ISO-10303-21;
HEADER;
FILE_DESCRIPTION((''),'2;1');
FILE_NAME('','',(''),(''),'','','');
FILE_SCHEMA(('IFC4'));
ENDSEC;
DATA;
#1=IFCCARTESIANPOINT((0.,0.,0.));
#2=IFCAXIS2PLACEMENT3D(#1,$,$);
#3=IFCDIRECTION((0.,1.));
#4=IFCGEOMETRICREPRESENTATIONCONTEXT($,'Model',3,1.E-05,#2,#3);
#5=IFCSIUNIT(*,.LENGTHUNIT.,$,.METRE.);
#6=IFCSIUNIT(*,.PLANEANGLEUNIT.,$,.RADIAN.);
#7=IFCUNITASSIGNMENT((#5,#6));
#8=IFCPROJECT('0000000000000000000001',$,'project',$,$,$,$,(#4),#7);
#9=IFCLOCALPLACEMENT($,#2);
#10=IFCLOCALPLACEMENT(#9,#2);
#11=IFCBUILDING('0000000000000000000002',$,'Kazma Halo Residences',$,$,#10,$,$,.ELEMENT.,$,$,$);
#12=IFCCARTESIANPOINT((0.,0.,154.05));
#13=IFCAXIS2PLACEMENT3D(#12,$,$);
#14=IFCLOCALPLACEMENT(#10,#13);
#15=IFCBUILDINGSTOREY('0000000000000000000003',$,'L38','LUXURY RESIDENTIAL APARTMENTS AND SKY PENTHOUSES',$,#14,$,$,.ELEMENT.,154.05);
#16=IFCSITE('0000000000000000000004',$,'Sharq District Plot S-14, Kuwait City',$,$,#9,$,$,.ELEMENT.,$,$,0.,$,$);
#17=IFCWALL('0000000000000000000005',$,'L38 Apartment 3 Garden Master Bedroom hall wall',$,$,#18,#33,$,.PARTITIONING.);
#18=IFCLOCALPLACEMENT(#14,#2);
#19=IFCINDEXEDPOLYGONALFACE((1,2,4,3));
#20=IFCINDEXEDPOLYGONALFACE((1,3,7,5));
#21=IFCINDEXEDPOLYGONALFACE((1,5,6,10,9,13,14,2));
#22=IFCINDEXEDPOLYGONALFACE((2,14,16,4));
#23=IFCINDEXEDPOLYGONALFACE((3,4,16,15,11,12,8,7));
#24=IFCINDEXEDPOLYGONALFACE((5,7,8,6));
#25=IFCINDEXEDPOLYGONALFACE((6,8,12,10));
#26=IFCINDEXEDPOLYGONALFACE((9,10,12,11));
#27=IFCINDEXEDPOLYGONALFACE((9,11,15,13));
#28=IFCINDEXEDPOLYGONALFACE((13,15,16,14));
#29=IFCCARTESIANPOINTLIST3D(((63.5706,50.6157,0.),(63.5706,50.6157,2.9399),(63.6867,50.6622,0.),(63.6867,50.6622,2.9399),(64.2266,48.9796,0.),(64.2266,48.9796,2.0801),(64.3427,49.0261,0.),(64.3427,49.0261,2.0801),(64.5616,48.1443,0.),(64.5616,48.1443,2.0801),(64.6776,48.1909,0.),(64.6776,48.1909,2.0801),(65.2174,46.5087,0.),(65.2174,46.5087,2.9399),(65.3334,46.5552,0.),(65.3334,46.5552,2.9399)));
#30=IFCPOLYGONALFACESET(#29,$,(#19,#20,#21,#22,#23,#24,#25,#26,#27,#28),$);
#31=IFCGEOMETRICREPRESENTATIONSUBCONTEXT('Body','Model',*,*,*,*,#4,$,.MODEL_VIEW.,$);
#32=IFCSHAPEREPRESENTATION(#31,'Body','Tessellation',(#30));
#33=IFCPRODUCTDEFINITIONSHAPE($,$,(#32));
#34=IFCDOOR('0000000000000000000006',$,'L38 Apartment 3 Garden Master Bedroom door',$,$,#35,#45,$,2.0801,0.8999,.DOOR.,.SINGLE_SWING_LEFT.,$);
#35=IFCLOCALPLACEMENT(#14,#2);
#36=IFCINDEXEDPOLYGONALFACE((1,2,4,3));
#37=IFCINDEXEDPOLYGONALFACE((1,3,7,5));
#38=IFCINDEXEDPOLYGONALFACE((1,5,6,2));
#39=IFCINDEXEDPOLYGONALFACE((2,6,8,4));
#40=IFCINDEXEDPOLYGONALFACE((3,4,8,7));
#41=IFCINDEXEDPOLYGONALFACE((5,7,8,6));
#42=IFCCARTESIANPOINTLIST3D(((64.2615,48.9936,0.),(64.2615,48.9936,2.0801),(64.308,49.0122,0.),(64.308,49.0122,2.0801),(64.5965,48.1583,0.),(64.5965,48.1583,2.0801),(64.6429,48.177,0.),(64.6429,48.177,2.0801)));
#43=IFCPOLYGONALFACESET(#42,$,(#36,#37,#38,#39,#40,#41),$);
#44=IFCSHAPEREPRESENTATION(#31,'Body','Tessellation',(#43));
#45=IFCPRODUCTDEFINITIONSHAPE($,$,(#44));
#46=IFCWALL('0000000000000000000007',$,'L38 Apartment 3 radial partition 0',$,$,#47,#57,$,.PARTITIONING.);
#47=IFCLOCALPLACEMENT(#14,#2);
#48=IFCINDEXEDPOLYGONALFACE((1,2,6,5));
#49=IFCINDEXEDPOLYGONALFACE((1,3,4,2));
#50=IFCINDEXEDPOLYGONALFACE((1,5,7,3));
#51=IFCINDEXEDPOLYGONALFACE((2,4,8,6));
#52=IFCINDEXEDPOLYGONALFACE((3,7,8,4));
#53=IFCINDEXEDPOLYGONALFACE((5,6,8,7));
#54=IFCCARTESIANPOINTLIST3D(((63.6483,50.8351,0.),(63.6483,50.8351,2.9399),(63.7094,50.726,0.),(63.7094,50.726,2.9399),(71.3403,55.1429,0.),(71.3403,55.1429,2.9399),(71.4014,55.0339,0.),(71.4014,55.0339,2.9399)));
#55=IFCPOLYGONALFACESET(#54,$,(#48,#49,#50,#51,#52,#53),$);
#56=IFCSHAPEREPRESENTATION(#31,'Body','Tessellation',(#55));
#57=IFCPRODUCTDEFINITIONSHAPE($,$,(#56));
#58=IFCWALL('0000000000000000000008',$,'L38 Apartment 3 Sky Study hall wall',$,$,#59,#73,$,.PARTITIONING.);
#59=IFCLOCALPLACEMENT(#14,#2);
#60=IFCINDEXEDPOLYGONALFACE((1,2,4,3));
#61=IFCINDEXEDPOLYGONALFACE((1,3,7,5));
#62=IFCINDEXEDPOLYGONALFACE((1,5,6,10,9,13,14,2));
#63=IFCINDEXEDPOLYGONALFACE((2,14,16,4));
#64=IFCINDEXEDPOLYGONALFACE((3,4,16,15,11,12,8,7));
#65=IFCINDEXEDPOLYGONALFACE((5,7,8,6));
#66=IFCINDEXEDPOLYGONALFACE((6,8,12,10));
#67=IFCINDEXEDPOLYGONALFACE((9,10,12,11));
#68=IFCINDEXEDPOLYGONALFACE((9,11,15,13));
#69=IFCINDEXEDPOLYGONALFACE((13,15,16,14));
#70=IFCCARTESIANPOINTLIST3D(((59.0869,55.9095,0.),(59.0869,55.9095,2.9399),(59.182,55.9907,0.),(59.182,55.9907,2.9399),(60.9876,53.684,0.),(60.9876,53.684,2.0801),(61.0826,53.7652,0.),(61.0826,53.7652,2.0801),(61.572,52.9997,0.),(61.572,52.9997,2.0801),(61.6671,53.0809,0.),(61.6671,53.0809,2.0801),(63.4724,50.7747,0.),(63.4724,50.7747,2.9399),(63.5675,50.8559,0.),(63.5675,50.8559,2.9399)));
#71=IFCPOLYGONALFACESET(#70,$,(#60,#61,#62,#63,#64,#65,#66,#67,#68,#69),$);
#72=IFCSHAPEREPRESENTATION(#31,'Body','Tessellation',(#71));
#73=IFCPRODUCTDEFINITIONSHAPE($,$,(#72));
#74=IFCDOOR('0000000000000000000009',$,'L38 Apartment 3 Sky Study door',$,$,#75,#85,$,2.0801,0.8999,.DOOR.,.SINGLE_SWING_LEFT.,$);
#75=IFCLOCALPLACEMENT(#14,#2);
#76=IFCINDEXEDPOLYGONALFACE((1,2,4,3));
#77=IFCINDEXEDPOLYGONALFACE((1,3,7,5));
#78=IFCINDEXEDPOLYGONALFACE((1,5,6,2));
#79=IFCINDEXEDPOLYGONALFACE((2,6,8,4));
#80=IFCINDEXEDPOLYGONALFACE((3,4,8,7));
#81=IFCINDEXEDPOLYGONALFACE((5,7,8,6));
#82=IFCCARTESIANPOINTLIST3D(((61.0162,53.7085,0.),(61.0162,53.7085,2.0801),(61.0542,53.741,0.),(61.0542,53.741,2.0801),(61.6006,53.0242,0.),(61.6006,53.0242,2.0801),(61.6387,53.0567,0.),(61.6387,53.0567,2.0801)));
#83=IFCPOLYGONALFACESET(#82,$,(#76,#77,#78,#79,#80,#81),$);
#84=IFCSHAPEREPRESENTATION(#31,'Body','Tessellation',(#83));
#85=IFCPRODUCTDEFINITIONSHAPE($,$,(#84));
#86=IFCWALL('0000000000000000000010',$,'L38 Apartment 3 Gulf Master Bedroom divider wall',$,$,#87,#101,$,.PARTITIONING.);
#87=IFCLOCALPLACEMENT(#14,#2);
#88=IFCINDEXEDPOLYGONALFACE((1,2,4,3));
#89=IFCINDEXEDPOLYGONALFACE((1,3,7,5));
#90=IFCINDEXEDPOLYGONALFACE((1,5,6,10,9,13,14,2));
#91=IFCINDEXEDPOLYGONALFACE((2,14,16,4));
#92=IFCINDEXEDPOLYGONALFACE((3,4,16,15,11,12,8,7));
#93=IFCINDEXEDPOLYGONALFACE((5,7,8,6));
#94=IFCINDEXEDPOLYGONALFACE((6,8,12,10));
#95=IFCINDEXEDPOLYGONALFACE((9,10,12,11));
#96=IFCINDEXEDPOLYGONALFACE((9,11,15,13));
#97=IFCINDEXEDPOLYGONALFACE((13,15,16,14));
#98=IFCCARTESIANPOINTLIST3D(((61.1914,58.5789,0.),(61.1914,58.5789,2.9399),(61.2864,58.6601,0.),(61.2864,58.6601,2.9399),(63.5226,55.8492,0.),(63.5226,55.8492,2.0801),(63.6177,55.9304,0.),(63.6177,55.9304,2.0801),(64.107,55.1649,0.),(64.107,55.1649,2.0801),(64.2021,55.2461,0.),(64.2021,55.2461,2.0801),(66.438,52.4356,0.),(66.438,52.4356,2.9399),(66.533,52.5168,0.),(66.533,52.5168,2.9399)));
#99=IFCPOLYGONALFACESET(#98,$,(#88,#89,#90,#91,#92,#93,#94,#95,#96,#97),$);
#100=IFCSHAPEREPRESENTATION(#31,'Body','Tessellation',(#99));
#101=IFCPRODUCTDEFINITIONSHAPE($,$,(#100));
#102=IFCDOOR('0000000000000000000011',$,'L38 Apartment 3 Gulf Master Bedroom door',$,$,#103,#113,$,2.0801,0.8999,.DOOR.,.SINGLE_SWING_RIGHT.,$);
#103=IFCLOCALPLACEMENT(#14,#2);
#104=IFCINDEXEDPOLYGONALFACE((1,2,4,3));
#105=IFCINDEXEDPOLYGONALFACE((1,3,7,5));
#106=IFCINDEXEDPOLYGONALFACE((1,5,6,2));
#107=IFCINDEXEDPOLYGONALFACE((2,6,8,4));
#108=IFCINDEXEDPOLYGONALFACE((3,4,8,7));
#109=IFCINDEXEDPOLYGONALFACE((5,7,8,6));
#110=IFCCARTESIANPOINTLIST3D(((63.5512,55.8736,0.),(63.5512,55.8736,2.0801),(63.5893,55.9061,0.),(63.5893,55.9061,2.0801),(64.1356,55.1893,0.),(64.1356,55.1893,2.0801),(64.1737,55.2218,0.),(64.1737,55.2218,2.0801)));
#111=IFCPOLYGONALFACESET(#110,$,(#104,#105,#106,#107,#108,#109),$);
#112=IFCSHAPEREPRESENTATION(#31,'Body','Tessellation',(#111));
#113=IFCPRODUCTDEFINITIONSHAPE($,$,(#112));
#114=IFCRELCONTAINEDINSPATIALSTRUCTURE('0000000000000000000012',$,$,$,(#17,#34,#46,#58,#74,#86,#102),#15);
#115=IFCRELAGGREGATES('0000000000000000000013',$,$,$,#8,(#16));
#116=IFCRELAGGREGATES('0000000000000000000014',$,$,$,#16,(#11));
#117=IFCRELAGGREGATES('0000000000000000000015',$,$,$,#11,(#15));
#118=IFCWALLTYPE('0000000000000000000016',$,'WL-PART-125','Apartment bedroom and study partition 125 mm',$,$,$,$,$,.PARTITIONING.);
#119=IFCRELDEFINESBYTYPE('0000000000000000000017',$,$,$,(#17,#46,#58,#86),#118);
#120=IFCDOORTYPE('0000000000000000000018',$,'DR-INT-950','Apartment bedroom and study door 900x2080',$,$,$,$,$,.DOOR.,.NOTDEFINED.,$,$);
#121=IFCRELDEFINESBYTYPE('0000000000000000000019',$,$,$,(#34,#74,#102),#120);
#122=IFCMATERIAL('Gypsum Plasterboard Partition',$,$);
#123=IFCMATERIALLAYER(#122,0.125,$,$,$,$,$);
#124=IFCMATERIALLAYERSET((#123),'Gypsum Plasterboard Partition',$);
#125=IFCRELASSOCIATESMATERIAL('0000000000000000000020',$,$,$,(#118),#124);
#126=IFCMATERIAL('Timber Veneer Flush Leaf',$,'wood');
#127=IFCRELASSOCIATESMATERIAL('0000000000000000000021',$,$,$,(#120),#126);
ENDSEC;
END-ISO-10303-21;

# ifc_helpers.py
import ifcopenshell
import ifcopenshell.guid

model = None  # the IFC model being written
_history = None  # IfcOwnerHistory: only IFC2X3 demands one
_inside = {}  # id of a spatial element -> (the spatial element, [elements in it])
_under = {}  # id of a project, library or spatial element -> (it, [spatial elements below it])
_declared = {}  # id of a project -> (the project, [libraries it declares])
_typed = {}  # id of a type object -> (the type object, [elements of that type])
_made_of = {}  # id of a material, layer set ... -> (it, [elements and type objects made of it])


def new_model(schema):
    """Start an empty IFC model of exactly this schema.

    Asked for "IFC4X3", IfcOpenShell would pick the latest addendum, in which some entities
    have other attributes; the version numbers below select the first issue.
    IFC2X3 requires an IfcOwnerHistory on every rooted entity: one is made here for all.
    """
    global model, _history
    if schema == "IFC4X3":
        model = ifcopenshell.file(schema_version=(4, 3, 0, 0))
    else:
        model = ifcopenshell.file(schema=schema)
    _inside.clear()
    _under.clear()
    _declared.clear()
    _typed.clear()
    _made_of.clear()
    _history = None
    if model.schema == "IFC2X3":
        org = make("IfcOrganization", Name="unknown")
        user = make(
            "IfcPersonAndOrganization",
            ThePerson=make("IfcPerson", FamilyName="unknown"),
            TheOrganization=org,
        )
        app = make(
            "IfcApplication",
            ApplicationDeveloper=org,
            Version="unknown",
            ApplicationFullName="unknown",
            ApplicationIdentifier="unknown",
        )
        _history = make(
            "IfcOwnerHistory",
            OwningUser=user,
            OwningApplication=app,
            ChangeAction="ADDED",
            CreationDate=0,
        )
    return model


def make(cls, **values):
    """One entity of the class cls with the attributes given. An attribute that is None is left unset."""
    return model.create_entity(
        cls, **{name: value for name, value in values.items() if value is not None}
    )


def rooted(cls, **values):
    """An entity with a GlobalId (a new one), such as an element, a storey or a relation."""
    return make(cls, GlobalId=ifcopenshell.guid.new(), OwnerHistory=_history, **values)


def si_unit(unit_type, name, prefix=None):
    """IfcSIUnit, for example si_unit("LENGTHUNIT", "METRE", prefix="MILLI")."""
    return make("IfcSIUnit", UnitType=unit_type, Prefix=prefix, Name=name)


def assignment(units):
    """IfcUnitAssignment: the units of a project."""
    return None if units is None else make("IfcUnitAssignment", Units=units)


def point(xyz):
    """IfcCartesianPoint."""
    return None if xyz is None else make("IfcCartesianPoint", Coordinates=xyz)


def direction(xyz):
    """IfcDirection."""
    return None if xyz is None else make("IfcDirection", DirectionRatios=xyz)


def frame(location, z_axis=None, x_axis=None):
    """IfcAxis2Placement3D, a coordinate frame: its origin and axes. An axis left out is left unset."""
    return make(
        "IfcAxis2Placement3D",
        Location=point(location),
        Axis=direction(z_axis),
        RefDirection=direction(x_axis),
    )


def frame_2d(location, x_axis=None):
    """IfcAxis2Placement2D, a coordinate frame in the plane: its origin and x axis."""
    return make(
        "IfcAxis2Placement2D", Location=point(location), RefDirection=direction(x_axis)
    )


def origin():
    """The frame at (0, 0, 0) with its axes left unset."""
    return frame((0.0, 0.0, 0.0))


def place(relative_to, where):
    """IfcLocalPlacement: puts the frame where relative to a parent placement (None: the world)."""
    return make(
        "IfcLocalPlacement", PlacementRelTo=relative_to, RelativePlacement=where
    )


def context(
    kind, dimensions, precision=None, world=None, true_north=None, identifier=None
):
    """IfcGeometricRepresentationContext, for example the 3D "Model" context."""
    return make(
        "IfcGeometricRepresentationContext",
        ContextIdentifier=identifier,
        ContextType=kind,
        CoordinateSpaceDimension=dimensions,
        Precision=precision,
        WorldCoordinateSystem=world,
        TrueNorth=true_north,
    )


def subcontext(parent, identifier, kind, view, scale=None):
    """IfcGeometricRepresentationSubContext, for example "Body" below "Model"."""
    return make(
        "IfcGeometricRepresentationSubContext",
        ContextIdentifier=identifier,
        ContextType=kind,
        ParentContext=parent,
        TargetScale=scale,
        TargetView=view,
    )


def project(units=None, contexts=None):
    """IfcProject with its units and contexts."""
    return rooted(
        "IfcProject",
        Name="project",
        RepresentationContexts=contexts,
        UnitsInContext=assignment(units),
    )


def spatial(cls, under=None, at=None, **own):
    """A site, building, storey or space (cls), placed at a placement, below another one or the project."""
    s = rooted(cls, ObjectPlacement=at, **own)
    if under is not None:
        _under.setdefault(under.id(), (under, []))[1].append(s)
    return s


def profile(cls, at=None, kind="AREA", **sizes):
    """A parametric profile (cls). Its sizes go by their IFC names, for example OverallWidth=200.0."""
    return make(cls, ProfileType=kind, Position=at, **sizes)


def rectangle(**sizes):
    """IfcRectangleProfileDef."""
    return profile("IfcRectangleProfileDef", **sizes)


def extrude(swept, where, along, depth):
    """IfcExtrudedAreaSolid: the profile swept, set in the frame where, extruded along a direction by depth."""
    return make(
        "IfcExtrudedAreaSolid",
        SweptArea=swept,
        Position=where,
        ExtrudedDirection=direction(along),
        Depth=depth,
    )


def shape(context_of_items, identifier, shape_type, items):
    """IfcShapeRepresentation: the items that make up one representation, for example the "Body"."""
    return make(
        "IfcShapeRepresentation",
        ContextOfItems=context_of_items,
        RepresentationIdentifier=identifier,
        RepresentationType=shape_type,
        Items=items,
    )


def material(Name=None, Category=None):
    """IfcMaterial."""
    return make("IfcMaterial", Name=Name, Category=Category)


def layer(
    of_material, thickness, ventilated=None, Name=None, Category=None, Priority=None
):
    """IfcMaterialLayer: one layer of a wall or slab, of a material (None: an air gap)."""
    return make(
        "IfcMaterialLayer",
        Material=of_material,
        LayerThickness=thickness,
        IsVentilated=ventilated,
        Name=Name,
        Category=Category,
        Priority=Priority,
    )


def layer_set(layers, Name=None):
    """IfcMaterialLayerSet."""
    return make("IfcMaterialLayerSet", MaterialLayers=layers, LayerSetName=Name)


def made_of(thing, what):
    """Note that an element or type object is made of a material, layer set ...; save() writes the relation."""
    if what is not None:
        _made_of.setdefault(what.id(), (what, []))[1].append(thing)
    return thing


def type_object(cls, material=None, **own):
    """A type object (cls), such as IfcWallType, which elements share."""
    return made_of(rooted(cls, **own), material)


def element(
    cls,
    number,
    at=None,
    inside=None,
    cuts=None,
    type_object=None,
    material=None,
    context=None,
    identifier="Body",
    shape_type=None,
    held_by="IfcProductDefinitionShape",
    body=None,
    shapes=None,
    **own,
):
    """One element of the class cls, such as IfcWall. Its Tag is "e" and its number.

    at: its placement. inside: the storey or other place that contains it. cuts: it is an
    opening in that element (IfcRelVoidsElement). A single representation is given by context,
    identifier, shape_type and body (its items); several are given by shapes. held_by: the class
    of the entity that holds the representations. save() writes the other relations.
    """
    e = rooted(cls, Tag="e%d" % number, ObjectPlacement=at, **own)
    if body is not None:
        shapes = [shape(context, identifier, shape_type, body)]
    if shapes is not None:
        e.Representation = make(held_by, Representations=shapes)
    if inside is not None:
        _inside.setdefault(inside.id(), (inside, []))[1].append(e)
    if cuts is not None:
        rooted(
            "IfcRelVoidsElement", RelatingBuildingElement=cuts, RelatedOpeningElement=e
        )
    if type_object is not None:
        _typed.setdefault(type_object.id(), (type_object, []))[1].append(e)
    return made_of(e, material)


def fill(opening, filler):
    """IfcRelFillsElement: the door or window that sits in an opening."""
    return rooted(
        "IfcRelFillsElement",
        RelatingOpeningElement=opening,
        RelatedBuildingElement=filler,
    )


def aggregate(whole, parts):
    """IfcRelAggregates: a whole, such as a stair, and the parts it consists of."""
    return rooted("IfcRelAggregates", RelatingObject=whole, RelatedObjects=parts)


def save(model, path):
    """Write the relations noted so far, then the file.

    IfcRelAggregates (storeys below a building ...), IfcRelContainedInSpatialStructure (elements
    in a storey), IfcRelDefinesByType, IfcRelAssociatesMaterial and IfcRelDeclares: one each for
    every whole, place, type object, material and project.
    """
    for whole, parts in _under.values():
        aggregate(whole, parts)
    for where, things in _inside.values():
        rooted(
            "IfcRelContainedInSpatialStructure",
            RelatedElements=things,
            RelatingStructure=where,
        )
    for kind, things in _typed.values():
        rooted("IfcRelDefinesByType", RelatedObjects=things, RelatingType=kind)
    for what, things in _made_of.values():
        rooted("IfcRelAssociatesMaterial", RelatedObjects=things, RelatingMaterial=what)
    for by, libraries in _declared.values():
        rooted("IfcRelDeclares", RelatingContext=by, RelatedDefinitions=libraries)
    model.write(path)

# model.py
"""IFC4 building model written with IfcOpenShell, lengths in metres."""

from ifc_helpers import new_model, si_unit, direction, frame, frame_2d, origin, place, context, subcontext, project, spatial, rectangle, extrude, material, layer, layer_set, type_object, element, fill, save


model = new_model("IFC4")

# Units and contexts
model_context = context("Model", 3, precision=1e-05, world=origin(), true_north=direction((0.0, 1.0)))
body_context = subcontext(model_context, "Body", "Model", "MODEL_VIEW")
ifc_project = project(units=[si_unit("LENGTHUNIT", "METRE"), si_unit("PLANEANGLEUNIT", "RADIAN")], contexts=[model_context])

# Site, building, storey
site_placement = place(None, origin())
site = spatial("IfcSite", under=ifc_project, at=site_placement, Name="Sharq District Plot S-14, Kuwait City", CompositionType="ELEMENT", RefElevation=0.0)
building_placement = place(site_placement, origin())
building = spatial("IfcBuilding", under=site, at=building_placement, Name="Kazma Halo Residences", CompositionType="ELEMENT")
storey_placement = place(building_placement, frame((0.0, 0.0, 154.05)))
storey = spatial("IfcBuildingStorey", under=building, at=storey_placement, Name="L38", Description="LUXURY RESIDENTIAL APARTMENTS AND SKY PENTHOUSES", CompositionType="ELEMENT", Elevation=154.05)

# Shared definitions
ifc_material_1 = material(Name="Gypsum Plasterboard Partition")
ifc_layer_1 = layer(ifc_material_1, 0.125)
ifc_layer_set_1 = layer_set([ifc_layer_1], Name="Gypsum Plasterboard Partition")
wall_type_1 = type_object("IfcWallType", Name="WL-PART-125", Description="Apartment bedroom and study partition 125 mm", PredefinedType="PARTITIONING", material=ifc_layer_set_1)

# Wall, opening, door
wall_1_placement = place(storey_placement, frame((65.2754, 46.532, 0.0), z_axis=(0.0, 0.0, 1.0), x_axis=(-0.372161, 0.928168, 0.0)))
wall_1 = element("IfcWall", 1, at=wall_1_placement, inside=storey, type_object=wall_type_1, Name="L38 Apartment 3 Garden Master Bedroom hall wall", PredefinedType="PARTITIONING", context=body_context, shape_type="SweptSolid", body=[
    extrude(rectangle(XDim=4.4248, YDim=0.125, at=frame_2d((2.2124, 0.0))), origin(), (0.0, 0.0, 1.0), 2.9399),
])
opening_1_placement = place(wall_1_placement, frame((1.7622, 0.0, 0.0)))
opening_1 = element("IfcOpeningElement", 2, at=opening_1_placement, cuts=wall_1, PredefinedType="OPENING", context=body_context, shape_type="SweptSolid", body=[
    extrude(rectangle(XDim=0.8999, YDim=2.0801, at=frame_2d((0.45, 1.04))), frame((0.0, 0.0725, 0.0), z_axis=(0.0, -1.0, 0.0), x_axis=(1.0, 0.0, 0.0)), (0.0, 0.0, 1.0), 0.145),
])
ifc_material_2 = material(Name="Timber Veneer Flush Leaf", Category="wood")
door_type_1 = type_object("IfcDoorType", Name="DR-INT-950", Description="Apartment bedroom and study door 900x2080", OperationType="NOTDEFINED", PredefinedType="DOOR", material=ifc_material_2)
door_1_placement = place(opening_1_placement, origin())
door_1 = element("IfcDoor", 3, at=door_1_placement, inside=storey, type_object=door_type_1, Name="L38 Apartment 3 Garden Master Bedroom door", OperationType="SINGLE_SWING_LEFT", OverallHeight=2.0801, OverallWidth=0.8999, PredefinedType="DOOR", context=body_context, shape_type="SweptSolid", body=[
    extrude(rectangle(XDim=0.8999, YDim=2.0801, at=frame_2d((0.45, 1.04))), frame((0.0, 0.0249, 0.0), z_axis=(0.0, -1.0, 0.0), x_axis=(1.0, 0.0, 0.0)), (0.0, 0.0, 1.0), 0.05),
])
fill(opening_1, door_1)

# Wall
wall_2_placement = place(storey_placement, frame((63.6787, 50.7805, 0.0), z_axis=(0.0, 0.0, 1.0), x_axis=(0.872493, 0.488626, 0.0)))
element("IfcWall", 4, at=wall_2_placement, inside=storey, type_object=wall_type_1, Name="L38 Apartment 3 radial partition 0", PredefinedType="PARTITIONING", context=body_context, shape_type="SweptSolid", body=[
    extrude(rectangle(XDim=8.8162, YDim=0.125, at=frame_2d((4.4082, 0.0))), origin(), (0.0, 0.0, 1.0), 2.9399),
])

# Walls, openings, doors
wall_3_placement = place(storey_placement, frame((63.52, 50.8152, 0.0), z_axis=(0.0, 0.0, 1.0), x_axis=(-0.649448, 0.760406, 0.0)))
wall_3 = element("IfcWall", 5, at=wall_3_placement, inside=storey, type_object=wall_type_1, Name="L38 Apartment 3 Sky Study hall wall", PredefinedType="PARTITIONING", context=body_context, shape_type="SweptSolid", body=[
    extrude(rectangle(XDim=6.7527, YDim=0.125, at=frame_2d((3.3765, 0.0))), origin(), (0.0, 0.0, 1.0), 2.9399),
])
opening_2_placement = place(wall_3_placement, frame((2.9263, 0.0, 0.0)))
opening_2 = element("IfcOpeningElement", 6, at=opening_2_placement, cuts=wall_3, PredefinedType="OPENING", context=body_context, shape_type="SweptSolid", body=[
    extrude(rectangle(XDim=0.8999, YDim=2.0801, at=frame_2d((0.45, 1.04))), frame((0.0, 0.0725, 0.0), z_axis=(0.0, -1.0, 0.0), x_axis=(1.0, 0.0, 0.0)), (0.0, 0.0, 1.0), 0.145),
])
door_2_placement = place(opening_2_placement, origin())
door_2 = element("IfcDoor", 7, at=door_2_placement, inside=storey, type_object=door_type_1, Name="L38 Apartment 3 Sky Study door", OperationType="SINGLE_SWING_LEFT", OverallHeight=2.0801, OverallWidth=0.8999, PredefinedType="DOOR", context=body_context, shape_type="SweptSolid", body=[
    extrude(rectangle(XDim=0.8999, YDim=2.0801, at=frame_2d((0.45, 1.04))), frame((0.0, 0.0249, 0.0), z_axis=(0.0, -1.0, 0.0), x_axis=(1.0, 0.0, 0.0)), (0.0, 0.0, 1.0), 0.05),
])
fill(opening_2, door_2)
wall_4_placement = place(storey_placement, frame((66.4856, 52.4761, 0.0), z_axis=(0.0, 0.0, 1.0), x_axis=(-0.649427, 0.760424, 0.0)))
wall_4 = element("IfcWall", 8, at=wall_4_placement, inside=storey, type_object=wall_type_1, Name="L38 Apartment 3 Gulf Master Bedroom divider wall", PredefinedType="PARTITIONING", context=body_context, shape_type="SweptSolid", body=[
    extrude(rectangle(XDim=8.0789, YDim=0.125, at=frame_2d((4.0396, 0.0))), origin(), (0.0, 0.0, 1.0), 2.9399),
])
opening_3_placement = place(wall_4_placement, frame((3.5894, 0.0, 0.0)))
opening_3 = element("IfcOpeningElement", 9, at=opening_3_placement, cuts=wall_4, PredefinedType="OPENING", context=body_context, shape_type="SweptSolid", body=[
    extrude(rectangle(XDim=0.8999, YDim=2.0801, at=frame_2d((0.45, 1.04))), frame((0.0, 0.0725, 0.0), z_axis=(0.0, -1.0, 0.0), x_axis=(1.0, 0.0, 0.0)), (0.0, 0.0, 1.0), 0.145),
])
door_3_placement = place(opening_3_placement, origin())
door_3 = element("IfcDoor", 10, at=door_3_placement, inside=storey, type_object=door_type_1, Name="L38 Apartment 3 Gulf Master Bedroom door", OperationType="SINGLE_SWING_RIGHT", OverallHeight=2.0801, OverallWidth=0.8999, PredefinedType="DOOR", context=body_context, shape_type="SweptSolid", body=[
    extrude(rectangle(XDim=0.8999, YDim=2.0801, at=frame_2d((0.45, 1.04))), frame((0.0, 0.0249, 0.0), z_axis=(0.0, -1.0, 0.0), x_axis=(1.0, 0.0, 0.0)), (0.0, 0.0, 1.0), 0.05),
])
fill(opening_3, door_3)

save(model, "model.ifc")
